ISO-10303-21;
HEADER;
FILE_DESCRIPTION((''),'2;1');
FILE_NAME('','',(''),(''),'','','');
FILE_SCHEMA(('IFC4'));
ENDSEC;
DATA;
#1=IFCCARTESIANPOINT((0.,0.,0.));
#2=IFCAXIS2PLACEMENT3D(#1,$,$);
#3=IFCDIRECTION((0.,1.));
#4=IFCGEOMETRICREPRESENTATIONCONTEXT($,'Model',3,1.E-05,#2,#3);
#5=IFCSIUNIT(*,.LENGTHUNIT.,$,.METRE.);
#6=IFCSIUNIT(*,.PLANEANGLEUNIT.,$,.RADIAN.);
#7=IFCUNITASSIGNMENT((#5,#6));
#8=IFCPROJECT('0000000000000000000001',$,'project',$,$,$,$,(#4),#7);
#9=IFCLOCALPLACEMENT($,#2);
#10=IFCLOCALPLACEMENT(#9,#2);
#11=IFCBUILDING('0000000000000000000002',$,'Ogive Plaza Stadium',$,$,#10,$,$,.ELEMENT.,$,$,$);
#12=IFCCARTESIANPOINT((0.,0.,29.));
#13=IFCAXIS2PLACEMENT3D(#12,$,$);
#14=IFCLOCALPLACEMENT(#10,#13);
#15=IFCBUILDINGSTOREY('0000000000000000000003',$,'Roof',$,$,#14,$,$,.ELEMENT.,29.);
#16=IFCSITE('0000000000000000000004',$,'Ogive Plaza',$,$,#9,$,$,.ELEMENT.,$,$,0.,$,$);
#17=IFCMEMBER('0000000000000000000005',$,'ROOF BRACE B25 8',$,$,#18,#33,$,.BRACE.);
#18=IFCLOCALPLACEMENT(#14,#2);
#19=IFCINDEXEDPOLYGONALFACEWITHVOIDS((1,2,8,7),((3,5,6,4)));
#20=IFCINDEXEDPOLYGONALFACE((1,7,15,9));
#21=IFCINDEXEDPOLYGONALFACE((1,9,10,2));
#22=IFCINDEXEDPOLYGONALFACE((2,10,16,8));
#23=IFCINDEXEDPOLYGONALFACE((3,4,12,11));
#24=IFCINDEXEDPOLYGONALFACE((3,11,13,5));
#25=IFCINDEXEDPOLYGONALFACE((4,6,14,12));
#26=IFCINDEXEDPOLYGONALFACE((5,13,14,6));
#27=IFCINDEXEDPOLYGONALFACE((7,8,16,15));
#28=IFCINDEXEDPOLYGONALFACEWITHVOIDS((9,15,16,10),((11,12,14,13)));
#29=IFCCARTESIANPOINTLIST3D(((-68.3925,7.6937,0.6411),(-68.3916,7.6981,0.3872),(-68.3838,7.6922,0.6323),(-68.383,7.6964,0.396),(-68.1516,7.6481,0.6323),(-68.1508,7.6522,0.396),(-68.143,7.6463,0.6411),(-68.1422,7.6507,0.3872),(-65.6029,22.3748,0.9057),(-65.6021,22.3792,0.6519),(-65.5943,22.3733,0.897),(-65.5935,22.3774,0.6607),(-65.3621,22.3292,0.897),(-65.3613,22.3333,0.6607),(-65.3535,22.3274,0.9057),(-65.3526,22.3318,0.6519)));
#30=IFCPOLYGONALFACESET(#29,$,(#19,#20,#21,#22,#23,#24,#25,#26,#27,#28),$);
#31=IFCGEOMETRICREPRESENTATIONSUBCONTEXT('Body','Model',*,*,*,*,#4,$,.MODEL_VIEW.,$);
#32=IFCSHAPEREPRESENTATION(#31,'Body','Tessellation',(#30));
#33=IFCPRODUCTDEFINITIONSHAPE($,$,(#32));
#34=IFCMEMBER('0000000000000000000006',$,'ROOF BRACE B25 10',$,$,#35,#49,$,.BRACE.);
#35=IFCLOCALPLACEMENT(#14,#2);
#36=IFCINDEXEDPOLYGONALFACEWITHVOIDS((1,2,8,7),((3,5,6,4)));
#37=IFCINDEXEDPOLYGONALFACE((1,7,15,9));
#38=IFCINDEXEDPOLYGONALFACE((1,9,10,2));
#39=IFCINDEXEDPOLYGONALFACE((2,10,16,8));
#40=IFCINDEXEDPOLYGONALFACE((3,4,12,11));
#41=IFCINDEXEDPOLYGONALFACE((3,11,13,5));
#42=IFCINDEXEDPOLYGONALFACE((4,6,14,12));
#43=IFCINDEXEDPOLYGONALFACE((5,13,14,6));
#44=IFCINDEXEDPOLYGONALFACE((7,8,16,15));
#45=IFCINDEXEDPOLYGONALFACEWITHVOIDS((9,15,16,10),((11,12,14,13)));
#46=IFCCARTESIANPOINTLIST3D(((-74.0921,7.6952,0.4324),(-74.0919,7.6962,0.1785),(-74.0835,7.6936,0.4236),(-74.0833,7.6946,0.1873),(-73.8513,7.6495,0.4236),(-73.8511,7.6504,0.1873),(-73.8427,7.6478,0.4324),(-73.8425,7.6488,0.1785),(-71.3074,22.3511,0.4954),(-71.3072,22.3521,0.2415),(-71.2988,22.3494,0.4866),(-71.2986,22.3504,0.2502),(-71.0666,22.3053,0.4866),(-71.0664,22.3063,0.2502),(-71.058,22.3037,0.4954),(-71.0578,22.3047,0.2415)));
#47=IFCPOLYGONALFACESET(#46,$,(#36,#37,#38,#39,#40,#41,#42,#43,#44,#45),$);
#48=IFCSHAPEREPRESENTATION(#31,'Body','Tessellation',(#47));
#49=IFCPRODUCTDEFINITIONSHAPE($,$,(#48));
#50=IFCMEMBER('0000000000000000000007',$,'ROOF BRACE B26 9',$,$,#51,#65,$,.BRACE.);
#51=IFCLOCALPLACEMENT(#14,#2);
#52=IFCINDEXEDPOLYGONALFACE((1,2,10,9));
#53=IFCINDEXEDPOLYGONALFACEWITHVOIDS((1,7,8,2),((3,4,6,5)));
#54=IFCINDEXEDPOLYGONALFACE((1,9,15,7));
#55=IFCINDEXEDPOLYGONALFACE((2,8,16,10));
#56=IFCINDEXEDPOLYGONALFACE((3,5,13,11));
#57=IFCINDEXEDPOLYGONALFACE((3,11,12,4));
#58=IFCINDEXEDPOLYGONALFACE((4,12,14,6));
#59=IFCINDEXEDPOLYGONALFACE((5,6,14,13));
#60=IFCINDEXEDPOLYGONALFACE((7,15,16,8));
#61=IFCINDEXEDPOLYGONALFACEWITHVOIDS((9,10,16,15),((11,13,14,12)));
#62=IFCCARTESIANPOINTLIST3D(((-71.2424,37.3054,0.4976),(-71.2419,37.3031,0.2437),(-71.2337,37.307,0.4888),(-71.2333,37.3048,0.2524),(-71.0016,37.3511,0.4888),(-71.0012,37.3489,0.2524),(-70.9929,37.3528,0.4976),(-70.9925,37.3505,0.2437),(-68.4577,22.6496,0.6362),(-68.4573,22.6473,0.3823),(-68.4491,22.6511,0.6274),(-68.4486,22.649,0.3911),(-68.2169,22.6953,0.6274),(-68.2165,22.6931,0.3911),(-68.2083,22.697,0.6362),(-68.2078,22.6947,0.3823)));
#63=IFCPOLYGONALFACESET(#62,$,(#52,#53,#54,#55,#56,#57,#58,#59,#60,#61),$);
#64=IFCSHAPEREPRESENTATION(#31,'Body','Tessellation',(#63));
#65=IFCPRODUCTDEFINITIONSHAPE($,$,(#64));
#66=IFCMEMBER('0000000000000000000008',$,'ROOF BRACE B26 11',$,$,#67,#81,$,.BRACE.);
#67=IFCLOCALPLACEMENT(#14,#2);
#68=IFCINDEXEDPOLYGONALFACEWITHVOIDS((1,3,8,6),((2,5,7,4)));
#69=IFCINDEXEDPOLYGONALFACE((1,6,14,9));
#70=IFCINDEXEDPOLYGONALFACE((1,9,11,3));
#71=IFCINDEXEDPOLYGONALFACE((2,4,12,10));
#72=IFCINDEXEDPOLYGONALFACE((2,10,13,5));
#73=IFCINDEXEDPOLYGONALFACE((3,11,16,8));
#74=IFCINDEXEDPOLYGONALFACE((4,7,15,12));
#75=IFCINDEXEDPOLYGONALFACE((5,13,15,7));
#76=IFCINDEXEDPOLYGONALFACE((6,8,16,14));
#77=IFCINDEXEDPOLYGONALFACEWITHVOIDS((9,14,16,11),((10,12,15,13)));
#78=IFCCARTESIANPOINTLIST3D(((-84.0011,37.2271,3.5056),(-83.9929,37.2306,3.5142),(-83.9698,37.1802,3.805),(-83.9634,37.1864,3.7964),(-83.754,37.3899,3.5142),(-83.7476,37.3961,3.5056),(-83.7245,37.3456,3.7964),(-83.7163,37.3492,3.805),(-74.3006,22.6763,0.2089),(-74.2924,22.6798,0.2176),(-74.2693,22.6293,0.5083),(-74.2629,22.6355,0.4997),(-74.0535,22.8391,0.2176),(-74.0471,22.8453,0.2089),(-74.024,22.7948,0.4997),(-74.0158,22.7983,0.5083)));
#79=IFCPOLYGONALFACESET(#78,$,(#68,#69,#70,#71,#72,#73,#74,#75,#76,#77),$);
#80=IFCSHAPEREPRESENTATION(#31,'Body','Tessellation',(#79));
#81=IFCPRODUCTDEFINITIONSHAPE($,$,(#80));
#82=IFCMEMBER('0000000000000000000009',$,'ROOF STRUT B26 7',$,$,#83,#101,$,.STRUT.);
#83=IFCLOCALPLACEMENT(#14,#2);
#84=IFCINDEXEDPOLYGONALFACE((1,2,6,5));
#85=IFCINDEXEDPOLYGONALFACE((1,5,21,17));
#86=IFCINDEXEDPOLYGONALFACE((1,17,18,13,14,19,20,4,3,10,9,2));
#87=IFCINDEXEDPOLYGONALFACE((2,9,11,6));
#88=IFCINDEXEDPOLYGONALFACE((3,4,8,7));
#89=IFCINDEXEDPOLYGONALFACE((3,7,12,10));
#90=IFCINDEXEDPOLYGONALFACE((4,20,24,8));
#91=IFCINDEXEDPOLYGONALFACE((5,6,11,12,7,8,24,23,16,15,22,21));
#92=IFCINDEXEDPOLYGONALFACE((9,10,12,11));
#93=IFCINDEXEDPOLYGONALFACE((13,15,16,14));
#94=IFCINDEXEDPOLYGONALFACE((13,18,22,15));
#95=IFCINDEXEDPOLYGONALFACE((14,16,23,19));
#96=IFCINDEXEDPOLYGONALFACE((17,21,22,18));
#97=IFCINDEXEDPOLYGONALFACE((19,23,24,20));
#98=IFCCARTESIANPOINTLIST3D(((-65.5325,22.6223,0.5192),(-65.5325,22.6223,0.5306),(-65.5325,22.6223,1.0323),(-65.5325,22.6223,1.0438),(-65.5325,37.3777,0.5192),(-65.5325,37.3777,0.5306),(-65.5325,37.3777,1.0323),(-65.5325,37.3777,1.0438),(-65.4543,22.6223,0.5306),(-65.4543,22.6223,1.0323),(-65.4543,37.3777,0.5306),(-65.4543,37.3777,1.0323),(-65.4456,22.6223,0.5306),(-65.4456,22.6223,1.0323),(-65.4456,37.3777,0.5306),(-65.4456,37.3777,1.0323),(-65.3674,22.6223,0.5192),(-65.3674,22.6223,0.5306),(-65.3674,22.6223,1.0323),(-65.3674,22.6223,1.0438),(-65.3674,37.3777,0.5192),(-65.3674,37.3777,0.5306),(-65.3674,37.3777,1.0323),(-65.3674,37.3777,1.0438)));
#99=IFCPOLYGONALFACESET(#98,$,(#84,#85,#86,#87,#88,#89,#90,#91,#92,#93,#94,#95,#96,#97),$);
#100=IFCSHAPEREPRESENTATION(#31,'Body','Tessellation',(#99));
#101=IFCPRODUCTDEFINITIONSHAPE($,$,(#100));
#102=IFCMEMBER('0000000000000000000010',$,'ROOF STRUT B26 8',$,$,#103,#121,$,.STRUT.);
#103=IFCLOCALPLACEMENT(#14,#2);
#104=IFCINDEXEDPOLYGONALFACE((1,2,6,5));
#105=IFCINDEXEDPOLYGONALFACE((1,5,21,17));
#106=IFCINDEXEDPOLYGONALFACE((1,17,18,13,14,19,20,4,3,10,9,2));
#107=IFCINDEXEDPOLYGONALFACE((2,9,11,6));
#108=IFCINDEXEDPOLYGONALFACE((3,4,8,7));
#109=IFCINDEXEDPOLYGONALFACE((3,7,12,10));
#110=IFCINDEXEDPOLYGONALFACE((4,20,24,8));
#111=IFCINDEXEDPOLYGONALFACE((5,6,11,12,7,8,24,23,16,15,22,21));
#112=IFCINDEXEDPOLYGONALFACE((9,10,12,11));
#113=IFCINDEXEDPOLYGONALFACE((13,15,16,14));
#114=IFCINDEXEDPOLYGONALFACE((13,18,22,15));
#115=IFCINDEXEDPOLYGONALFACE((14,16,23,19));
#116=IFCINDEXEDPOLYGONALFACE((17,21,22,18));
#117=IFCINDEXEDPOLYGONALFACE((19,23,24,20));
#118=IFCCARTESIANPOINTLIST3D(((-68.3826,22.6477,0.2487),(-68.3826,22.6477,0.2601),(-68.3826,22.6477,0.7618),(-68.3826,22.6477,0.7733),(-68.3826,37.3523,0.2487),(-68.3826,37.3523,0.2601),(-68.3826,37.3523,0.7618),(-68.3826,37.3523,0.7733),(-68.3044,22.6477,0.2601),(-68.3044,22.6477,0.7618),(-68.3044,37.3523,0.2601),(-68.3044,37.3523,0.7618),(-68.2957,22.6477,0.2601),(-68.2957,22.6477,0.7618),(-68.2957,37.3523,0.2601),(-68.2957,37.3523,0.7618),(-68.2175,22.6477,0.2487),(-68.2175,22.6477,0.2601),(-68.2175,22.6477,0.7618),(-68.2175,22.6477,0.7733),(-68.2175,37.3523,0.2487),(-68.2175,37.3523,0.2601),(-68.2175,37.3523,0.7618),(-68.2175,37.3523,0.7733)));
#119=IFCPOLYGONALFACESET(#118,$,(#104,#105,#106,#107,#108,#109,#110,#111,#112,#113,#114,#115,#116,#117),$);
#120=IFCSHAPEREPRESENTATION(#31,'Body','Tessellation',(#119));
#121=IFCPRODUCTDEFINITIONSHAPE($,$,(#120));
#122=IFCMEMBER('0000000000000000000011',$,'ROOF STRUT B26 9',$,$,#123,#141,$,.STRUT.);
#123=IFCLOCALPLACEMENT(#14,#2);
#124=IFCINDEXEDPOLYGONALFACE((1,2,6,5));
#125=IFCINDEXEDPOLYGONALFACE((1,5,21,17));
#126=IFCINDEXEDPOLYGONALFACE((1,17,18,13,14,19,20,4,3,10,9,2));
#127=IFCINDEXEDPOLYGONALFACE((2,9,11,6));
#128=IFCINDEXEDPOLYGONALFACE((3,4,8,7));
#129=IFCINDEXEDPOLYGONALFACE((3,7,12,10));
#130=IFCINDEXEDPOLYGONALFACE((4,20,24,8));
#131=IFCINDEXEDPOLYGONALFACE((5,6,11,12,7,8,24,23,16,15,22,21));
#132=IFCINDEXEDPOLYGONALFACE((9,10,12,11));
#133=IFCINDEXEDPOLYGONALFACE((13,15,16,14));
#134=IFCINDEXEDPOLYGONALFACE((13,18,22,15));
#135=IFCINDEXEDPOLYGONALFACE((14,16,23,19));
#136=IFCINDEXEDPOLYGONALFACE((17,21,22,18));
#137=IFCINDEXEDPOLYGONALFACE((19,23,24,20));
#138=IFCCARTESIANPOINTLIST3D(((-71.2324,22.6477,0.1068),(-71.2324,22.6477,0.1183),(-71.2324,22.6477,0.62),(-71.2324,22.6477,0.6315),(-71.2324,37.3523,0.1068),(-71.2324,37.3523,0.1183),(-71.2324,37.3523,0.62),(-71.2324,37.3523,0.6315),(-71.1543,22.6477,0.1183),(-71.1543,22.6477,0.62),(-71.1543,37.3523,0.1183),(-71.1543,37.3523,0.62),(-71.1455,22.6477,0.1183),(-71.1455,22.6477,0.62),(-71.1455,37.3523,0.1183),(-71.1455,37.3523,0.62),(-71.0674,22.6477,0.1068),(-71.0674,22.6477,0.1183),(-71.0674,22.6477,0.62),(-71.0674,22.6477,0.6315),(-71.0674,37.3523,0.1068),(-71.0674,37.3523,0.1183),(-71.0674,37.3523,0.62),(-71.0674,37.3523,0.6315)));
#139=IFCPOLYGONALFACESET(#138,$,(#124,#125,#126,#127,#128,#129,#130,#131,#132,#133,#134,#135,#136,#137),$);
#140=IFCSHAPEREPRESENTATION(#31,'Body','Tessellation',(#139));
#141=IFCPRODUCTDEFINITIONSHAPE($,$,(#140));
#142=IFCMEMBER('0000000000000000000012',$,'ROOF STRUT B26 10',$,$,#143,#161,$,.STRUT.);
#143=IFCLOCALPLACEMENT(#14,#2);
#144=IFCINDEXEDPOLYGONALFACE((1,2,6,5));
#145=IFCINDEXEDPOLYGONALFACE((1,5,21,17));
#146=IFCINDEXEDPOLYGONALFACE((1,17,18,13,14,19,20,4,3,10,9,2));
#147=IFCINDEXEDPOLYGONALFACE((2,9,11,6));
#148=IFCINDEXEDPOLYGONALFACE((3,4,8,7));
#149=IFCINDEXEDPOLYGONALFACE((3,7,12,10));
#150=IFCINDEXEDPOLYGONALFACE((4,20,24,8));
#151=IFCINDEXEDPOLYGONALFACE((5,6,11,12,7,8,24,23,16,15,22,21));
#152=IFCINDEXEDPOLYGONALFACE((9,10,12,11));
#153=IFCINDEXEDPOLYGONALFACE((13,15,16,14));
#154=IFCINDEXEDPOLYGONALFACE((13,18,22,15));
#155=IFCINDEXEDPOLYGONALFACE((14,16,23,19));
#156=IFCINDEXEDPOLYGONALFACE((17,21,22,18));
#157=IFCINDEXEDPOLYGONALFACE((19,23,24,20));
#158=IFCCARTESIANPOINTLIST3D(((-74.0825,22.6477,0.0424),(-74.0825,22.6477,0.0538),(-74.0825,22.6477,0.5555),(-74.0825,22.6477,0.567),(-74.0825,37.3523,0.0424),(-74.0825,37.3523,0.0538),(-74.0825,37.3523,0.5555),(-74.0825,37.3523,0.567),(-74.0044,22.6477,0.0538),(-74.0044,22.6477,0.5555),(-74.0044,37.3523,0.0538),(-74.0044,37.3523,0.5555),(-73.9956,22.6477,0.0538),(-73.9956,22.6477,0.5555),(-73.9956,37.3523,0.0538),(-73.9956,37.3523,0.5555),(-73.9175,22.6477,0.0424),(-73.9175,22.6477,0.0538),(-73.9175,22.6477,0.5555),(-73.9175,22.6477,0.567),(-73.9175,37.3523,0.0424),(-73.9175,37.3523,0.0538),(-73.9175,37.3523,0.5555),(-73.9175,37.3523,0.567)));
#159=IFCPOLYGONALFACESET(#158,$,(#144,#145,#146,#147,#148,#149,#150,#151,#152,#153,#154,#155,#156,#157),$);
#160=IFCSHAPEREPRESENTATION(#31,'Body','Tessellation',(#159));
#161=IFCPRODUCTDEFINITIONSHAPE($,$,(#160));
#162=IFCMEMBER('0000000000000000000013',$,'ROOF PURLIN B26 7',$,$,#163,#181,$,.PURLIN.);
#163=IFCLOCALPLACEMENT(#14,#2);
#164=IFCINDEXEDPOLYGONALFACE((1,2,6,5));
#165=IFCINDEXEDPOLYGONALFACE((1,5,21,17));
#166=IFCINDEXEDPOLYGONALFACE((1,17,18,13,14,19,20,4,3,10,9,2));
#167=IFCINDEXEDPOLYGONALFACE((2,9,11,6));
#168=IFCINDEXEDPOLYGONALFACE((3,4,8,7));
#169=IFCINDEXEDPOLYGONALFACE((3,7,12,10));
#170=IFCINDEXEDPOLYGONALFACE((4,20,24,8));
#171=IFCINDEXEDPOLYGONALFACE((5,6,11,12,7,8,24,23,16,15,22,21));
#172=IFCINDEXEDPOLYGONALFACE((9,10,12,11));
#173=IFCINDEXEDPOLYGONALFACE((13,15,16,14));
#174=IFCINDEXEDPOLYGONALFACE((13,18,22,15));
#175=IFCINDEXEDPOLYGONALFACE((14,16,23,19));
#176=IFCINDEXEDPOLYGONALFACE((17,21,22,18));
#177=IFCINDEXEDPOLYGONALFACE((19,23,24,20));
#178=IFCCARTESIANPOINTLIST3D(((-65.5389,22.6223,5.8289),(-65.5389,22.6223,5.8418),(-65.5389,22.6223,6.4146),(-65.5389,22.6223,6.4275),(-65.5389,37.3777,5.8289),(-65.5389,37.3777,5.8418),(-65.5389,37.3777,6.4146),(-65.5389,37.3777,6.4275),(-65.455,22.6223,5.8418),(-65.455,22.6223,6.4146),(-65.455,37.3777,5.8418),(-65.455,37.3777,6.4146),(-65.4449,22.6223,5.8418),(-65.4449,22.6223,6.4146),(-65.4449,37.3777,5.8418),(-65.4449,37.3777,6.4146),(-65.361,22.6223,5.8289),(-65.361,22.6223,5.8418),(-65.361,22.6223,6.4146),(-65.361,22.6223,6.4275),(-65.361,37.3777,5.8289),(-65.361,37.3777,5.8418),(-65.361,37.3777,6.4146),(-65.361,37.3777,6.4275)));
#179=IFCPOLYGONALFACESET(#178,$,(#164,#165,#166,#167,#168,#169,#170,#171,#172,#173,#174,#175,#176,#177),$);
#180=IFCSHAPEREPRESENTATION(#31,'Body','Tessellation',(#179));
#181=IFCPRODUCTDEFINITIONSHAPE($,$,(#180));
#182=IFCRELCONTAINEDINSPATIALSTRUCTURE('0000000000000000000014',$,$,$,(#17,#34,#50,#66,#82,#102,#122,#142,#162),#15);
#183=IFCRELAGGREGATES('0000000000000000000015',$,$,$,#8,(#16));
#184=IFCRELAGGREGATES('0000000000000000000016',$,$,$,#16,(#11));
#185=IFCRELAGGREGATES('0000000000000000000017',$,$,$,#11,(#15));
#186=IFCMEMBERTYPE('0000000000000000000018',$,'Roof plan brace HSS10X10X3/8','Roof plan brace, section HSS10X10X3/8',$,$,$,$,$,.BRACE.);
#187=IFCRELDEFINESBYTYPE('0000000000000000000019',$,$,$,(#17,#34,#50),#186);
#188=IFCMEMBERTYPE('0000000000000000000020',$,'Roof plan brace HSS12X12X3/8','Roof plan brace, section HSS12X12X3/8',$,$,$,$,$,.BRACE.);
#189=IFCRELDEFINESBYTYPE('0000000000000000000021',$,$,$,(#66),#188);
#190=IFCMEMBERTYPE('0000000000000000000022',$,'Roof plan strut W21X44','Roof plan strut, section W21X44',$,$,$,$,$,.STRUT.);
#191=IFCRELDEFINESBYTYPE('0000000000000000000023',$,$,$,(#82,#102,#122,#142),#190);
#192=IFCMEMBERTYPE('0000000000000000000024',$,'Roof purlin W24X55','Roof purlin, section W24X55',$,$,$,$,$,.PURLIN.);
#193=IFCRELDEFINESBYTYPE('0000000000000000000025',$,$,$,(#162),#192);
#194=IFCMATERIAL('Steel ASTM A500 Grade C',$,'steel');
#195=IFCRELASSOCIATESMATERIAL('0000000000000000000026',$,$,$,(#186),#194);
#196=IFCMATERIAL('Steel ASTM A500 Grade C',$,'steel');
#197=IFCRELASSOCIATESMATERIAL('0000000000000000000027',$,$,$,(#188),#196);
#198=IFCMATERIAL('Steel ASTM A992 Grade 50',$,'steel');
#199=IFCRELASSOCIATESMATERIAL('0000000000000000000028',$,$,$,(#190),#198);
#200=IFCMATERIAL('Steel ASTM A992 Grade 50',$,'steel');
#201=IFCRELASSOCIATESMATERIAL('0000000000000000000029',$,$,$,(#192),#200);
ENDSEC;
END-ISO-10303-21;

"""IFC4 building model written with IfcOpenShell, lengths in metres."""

from ifc_helpers import new_model, si_unit, direction, frame, origin, origin_2d, place, context, subcontext, project, spatial, hollow_rectangle, i_section, extrude, material, material_profile, profile_set, type_object, element, save


model = new_model("IFC4")

# Units and contexts
model_context = context("Model", 3, precision=1e-05, world=origin(), true_north=direction((0.0, 1.0)))
body_context = subcontext(model_context, "Body", "Model", "MODEL_VIEW")
ifc_project = project(units=[si_unit("LENGTHUNIT", "METRE"), si_unit("PLANEANGLEUNIT", "RADIAN")], contexts=[model_context])

# Site, building, storey
site_placement = place(None, origin())
site = spatial("IfcSite", under=ifc_project, at=site_placement, Name="Ogive Plaza", CompositionType="ELEMENT", RefElevation=0.0)
building_placement = place(site_placement, origin())
building = spatial("IfcBuilding", under=site, at=building_placement, Name="Ogive Plaza Stadium", CompositionType="ELEMENT")
storey_placement = place(building_placement, frame((0.0, 0.0, 29.0)))
storey = spatial("IfcBuildingStorey", under=building, at=storey_placement, Name="Roof", CompositionType="ELEMENT", Elevation=29.0)

# Members
ifc_material_1 = material(Name="Steel ASTM A500 Grade C", Category="steel")
ifc_material_profile_1 = material_profile(ifc_material_1, hollow_rectangle(XDim=0.2539, YDim=0.2539, WallThickness=0.0088, at=origin_2d()), Name="HSS10X10X3/8")
ifc_profile_set_1 = profile_set([ifc_material_profile_1], Name="Steel ASTM A500 Grade C")
member_type_1 = type_object("IfcMemberType", Name="Roof plan brace HSS10X10X3/8", Description="Roof plan brace, section HSS10X10X3/8", PredefinedType="BRACE", material=ifc_profile_set_1)
member_1_placement = place(storey_placement, frame((-65.4778, 22.3533, 0.7788), z_axis=(-0.18664, -0.982269, -0.017707), x_axis=(0.982423, -0.186669, 0.0)))
element("IfcMember", 1, at=member_1_placement, inside=storey, type_object=member_type_1, Name="ROOF BRACE B25 8", PredefinedType="BRACE", context=body_context, shape_type="SweptSolid", body=[
    extrude(hollow_rectangle(XDim=0.2539, YDim=0.2539, WallThickness=0.0088, at=origin_2d()), origin(), (0.0, 0.0, 1.0), 14.946),
])
member_2_placement = place(storey_placement, frame((-71.1826, 22.3279, 0.3684), z_axis=(-0.186664, -0.982415, -0.004222), x_axis=(0.982424, -0.186665, 0.0)))
element("IfcMember", 2, at=member_2_placement, inside=storey, type_object=member_type_1, Name="ROOF BRACE B25 10", PredefinedType="BRACE", context=body_context, shape_type="SweptSolid", body=[
    extrude(hollow_rectangle(XDim=0.2539, YDim=0.2539, WallThickness=0.0088, at=origin_2d()), origin(), (0.0, 0.0, 1.0), 14.9182),
])
member_3_placement = place(storey_placement, frame((-68.3328, 22.6721, 0.5093), z_axis=(-0.186657, 0.982381, -0.009295), x_axis=(-0.982424, -0.186665, 0.0)))
element("IfcMember", 3, at=member_3_placement, inside=storey, type_object=member_type_1, Name="ROOF BRACE B26 9", PredefinedType="BRACE", context=body_context, shape_type="SweptSolid", body=[
    extrude(hollow_rectangle(XDim=0.2539, YDim=0.2539, WallThickness=0.0088, at=origin_2d()), origin(), (0.0, 0.0, 1.0), 14.9187),
])
ifc_material_2 = material(Name="Steel ASTM A500 Grade C", Category="steel")
ifc_material_profile_2 = material_profile(ifc_material_2, hollow_rectangle(XDim=0.3047, YDim=0.3047, WallThickness=0.0088, at=origin_2d()), Name="HSS12X12X3/8")
ifc_profile_set_2 = profile_set([ifc_material_profile_2], Name="Steel ASTM A500 Grade C")
member_type_2 = type_object("IfcMemberType", Name="Roof plan brace HSS12X12X3/8", Description="Roof plan brace, section HSS12X12X3/8", PredefinedType="BRACE", material=ifc_profile_set_2)
member_4_placement = place(storey_placement, frame((-74.1582, 22.7373, 0.3586), z_axis=(-0.545096, 0.817651, 0.185247), x_axis=(-0.832052, -0.554697, 0.0)))
element("IfcMember", 4, at=member_4_placement, inside=storey, type_object=member_type_2, Name="ROOF BRACE B26 11", PredefinedType="BRACE", context=body_context, shape_type="SweptSolid", body=[
    extrude(hollow_rectangle(XDim=0.3047, YDim=0.3047, WallThickness=0.0088, at=origin_2d()), origin(), (0.0, 0.0, 1.0), 17.7959),
])
ifc_material_3 = material(Name="Steel ASTM A992 Grade 50", Category="steel")
ifc_material_profile_3 = material_profile(ifc_material_3, i_section(OverallWidth=0.165, OverallDepth=0.5247, WebThickness=0.0088, FlangeThickness=0.0115, at=origin_2d()), Name="W21X44")
ifc_profile_set_3 = profile_set([ifc_material_profile_3], Name="Steel ASTM A992 Grade 50")
member_type_3 = type_object("IfcMemberType", Name="Roof plan strut W21X44", Description="Roof plan strut, section W21X44", PredefinedType="STRUT", material=ifc_profile_set_3)
member_5_placement = place(storey_placement, frame((-65.45, 22.6223, 0.7815), z_axis=(0.0, 1.0, 0.0), x_axis=(-1.0, 0.0, 0.0)))
element("IfcMember", 5, at=member_5_placement, inside=storey, type_object=member_type_3, Name="ROOF STRUT B26 7", PredefinedType="STRUT", context=body_context, shape_type="SweptSolid", body=[
    extrude(i_section(OverallWidth=0.165, OverallDepth=0.5247, WebThickness=0.0088, FlangeThickness=0.0115, at=origin_2d()), origin(), (0.0, 0.0, 1.0), 14.7554),
])
for number, where, z_axis, x_axis, name in (
    (6, (-68.3, 22.6477, 0.511), (0.0, 1.0, 0.0), (-1.0, 0.0, 0.0), "ROOF STRUT B26 8"),
    (7, (-71.1499, 22.6477, 0.3691), (0.0, 1.0, 0.0), (-1.0, 0.0, 0.0), "ROOF STRUT B26 9"),
    (8, (-74.0, 22.6477, 0.3047), (0.0, 1.0, 0.0), (-1.0, 0.0, 0.0), "ROOF STRUT B26 10"),
):
    element("IfcMember", number, at=place(storey_placement, frame(where, z_axis=z_axis, x_axis=x_axis)), inside=storey, type_object=member_type_3, Name=name, PredefinedType="STRUT", context=body_context, shape_type="SweptSolid", body=[
        extrude(i_section(OverallWidth=0.165, OverallDepth=0.5247, WebThickness=0.0088, FlangeThickness=0.0115, at=origin_2d()), origin(), (0.0, 0.0, 1.0), 14.7046),
    ])
ifc_material_4 = material(Name="Steel ASTM A992 Grade 50", Category="steel")
ifc_material_profile_4 = material_profile(ifc_material_4, i_section(OverallWidth=0.178, OverallDepth=0.5986, WebThickness=0.01, FlangeThickness=0.0129, at=origin_2d()), Name="W24X55")
ifc_profile_set_4 = profile_set([ifc_material_profile_4], Name="Steel ASTM A992 Grade 50")
member_type_4 = type_object("IfcMemberType", Name="Roof purlin W24X55", Description="Roof purlin, section W24X55", PredefinedType="PURLIN", material=ifc_profile_set_4)
member_6_placement = place(storey_placement, frame((-65.45, 22.6223, 6.1282), z_axis=(0.0, 1.0, 0.0), x_axis=(-1.0, 0.0, 0.0)))
element("IfcMember", 9, at=member_6_placement, inside=storey, type_object=member_type_4, Name="ROOF PURLIN B26 7", PredefinedType="PURLIN", context=body_context, shape_type="SweptSolid", body=[
    extrude(i_section(OverallWidth=0.178, OverallDepth=0.5986, WebThickness=0.01, FlangeThickness=0.0129, at=origin_2d()), origin(), (0.0, 0.0, 1.0), 14.7554),
])

save(model, "model.ifc")
